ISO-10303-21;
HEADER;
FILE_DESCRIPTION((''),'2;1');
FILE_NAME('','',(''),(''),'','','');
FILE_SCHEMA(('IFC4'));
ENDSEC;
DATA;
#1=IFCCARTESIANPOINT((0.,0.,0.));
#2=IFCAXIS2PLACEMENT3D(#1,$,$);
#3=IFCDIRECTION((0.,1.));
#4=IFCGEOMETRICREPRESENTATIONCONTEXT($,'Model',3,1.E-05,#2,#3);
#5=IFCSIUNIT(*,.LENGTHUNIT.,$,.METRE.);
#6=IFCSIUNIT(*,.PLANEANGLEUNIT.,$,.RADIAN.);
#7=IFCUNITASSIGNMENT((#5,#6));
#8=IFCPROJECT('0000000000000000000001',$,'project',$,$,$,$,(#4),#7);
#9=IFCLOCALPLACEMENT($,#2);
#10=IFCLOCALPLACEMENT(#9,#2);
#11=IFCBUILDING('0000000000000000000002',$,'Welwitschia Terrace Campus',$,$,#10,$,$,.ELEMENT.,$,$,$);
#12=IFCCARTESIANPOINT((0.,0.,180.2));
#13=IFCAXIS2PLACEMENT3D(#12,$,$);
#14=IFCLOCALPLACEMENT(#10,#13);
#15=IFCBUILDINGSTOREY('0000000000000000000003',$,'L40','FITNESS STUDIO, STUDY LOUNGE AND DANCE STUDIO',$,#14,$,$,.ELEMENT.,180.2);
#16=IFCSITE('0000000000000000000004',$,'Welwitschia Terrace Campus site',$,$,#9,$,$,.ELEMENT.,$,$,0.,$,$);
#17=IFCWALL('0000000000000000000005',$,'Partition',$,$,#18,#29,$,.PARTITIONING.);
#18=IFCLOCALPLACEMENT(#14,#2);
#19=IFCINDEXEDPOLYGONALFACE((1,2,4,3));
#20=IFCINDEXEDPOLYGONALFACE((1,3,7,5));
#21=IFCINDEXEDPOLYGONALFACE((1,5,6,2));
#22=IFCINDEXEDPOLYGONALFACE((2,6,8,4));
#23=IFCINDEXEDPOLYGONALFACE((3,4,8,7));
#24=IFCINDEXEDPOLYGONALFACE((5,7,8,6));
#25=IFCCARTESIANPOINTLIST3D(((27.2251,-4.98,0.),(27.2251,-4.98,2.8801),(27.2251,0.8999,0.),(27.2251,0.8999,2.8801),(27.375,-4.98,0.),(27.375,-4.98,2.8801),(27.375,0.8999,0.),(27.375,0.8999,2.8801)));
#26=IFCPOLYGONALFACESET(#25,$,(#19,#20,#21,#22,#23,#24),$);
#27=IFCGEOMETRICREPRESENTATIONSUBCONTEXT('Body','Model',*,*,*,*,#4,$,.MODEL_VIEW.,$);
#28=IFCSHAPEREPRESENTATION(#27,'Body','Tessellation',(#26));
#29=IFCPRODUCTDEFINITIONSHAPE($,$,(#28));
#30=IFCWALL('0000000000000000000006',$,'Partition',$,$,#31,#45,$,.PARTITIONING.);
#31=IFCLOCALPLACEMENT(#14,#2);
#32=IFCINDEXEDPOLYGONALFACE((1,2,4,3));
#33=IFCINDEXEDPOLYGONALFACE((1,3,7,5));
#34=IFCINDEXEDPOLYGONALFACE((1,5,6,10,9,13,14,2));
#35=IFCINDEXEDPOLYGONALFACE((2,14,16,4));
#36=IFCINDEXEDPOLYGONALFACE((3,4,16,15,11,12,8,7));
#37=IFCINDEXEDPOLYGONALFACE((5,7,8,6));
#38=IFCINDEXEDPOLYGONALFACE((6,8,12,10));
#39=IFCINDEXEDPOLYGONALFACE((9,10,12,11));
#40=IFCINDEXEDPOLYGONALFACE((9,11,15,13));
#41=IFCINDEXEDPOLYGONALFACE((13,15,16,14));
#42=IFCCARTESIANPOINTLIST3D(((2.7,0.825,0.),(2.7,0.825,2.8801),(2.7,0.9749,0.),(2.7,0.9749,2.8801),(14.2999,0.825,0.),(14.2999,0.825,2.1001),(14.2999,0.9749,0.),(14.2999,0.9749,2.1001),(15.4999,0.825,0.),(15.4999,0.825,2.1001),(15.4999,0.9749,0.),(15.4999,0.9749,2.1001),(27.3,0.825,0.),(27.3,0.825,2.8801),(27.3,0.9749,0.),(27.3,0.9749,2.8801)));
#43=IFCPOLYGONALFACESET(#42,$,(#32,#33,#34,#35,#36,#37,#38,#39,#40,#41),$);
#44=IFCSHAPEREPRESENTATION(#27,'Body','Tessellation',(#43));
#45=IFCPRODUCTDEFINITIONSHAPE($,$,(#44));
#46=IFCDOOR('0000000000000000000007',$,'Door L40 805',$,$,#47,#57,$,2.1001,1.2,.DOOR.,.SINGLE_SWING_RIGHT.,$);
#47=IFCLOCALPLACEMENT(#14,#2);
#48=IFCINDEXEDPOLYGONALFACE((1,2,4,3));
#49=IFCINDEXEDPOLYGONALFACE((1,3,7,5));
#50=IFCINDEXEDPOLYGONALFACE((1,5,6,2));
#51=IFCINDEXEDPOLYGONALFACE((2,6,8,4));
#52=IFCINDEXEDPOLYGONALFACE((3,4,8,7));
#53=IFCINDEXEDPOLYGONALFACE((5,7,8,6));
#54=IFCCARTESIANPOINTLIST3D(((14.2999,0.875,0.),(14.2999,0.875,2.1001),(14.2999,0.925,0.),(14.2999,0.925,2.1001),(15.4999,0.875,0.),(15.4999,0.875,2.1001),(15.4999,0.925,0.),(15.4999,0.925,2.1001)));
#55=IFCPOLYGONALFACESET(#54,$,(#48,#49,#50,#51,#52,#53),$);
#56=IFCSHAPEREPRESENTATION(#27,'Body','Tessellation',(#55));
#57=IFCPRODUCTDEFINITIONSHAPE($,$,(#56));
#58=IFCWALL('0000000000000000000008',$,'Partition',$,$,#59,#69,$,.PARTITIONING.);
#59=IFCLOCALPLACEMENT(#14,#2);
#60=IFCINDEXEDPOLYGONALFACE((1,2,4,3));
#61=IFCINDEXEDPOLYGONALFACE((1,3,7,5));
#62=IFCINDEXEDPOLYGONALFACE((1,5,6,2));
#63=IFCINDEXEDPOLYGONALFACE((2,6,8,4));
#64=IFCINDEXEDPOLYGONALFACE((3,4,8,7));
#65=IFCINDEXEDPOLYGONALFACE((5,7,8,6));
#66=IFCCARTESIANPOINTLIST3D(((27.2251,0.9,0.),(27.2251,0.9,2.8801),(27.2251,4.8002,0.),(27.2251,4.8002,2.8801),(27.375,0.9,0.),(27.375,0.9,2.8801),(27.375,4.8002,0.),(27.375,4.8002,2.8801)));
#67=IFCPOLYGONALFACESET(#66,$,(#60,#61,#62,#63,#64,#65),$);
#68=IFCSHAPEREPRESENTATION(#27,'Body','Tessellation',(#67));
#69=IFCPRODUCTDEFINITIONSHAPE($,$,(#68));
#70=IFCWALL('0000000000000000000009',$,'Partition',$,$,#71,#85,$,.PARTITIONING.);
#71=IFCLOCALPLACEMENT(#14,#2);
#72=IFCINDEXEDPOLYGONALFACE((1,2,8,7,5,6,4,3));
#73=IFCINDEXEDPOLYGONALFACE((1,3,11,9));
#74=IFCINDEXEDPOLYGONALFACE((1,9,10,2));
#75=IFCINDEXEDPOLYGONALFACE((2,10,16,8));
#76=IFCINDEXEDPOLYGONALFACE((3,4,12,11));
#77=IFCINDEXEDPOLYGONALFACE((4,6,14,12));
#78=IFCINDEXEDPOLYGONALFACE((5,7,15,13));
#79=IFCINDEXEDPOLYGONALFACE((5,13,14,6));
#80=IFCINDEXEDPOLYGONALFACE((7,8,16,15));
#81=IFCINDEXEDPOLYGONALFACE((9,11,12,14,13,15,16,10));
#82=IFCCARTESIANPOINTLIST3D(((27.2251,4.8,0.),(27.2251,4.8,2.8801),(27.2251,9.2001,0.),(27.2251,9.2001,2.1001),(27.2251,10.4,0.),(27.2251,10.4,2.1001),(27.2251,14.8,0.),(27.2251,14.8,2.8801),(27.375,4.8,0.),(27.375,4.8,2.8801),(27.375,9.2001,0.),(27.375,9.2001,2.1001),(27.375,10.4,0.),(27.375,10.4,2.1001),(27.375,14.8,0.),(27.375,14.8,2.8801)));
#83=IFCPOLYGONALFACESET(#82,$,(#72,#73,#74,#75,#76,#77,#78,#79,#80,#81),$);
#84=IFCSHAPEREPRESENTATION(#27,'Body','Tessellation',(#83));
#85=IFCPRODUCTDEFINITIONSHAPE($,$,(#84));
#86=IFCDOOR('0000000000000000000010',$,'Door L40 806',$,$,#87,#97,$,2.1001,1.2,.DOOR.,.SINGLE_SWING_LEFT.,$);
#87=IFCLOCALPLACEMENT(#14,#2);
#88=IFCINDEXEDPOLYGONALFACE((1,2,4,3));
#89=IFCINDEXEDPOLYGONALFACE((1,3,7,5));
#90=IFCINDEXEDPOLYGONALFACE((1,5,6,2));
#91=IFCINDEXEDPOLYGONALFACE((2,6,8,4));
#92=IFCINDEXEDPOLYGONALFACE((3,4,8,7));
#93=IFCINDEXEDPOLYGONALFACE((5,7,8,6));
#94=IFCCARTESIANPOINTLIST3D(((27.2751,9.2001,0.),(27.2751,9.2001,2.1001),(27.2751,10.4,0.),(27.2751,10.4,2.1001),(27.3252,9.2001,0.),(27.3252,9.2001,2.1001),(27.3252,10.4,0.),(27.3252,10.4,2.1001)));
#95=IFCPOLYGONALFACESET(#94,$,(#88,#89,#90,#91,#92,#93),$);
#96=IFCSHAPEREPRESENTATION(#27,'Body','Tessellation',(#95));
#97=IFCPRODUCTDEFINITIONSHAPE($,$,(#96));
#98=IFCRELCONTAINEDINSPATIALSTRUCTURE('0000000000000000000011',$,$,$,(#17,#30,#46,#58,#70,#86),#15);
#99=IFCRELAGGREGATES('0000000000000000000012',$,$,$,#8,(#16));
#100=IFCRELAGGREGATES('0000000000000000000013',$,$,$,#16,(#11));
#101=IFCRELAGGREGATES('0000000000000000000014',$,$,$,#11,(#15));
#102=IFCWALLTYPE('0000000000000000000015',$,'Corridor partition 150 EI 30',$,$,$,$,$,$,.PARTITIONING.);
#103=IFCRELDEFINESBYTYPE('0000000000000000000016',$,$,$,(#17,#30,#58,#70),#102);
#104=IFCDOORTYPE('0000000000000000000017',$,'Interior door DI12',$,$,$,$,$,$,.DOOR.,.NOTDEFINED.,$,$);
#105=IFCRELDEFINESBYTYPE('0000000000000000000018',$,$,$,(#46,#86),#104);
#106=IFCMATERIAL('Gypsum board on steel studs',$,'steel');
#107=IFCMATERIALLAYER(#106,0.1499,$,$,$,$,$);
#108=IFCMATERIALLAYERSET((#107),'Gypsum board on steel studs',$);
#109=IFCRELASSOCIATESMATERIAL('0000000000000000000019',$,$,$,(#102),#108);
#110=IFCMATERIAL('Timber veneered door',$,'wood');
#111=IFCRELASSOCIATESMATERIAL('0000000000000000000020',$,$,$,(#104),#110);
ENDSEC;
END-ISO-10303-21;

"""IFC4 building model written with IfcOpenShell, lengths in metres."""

from ifc_helpers import new_model, si_unit, direction, frame, frame_2d, origin, place, context, subcontext, project, spatial, rectangle, extrude, material, layer, layer_set, type_object, element, fill, save


model = new_model("IFC4")

# Units and contexts
model_context = context("Model", 3, precision=1e-05, world=origin(), true_north=direction((0.0, 1.0)))
body_context = subcontext(model_context, "Body", "Model", "MODEL_VIEW")
ifc_project = project(units=[si_unit("LENGTHUNIT", "METRE"), si_unit("PLANEANGLEUNIT", "RADIAN")], contexts=[model_context])

# Site, building, storey
site_placement = place(None, origin())
site = spatial("IfcSite", under=ifc_project, at=site_placement, Name="Welwitschia Terrace Campus site", CompositionType="ELEMENT", RefElevation=0.0)
building_placement = place(site_placement, origin())
building = spatial("IfcBuilding", under=site, at=building_placement, Name="Welwitschia Terrace Campus", CompositionType="ELEMENT")
storey_placement = place(building_placement, frame((0.0, 0.0, 180.2)))
storey = spatial("IfcBuildingStorey", under=building, at=storey_placement, Name="L40", Description="FITNESS STUDIO, STUDY LOUNGE AND DANCE STUDIO", CompositionType="ELEMENT", Elevation=180.2)

# Wall
ifc_material_1 = material(Name="Gypsum board on steel studs", Category="steel")
ifc_layer_1 = layer(ifc_material_1, 0.1499)
ifc_layer_set_1 = layer_set([ifc_layer_1], Name="Gypsum board on steel studs")
wall_type_1 = type_object("IfcWallType", Name="Corridor partition 150 EI 30", PredefinedType="PARTITIONING", material=ifc_layer_set_1)
wall_1_placement = place(storey_placement, frame((27.3, -4.98, 0.0), z_axis=(0.0, 0.0, 1.0), x_axis=(0.0, 1.0, 0.0)))
element("IfcWall", 1, at=wall_1_placement, inside=storey, type_object=wall_type_1, Name="Partition", PredefinedType="PARTITIONING", context=body_context, shape_type="SweptSolid", body=[
    extrude(rectangle(XDim=5.8799, YDim=0.1499, at=frame_2d((2.9399, 0.0))), origin(), (0.0, 0.0, 1.0), 2.8801),
])

# Wall, opening, door
wall_2_placement = place(storey_placement, frame((27.3, 0.8999, 0.0), z_axis=(0.0, 0.0, 1.0), x_axis=(-1.0, 0.0, 0.0)))
wall_2 = element("IfcWall", 2, at=wall_2_placement, inside=storey, type_object=wall_type_1, Name="Partition", PredefinedType="PARTITIONING", context=body_context, shape_type="SweptSolid", body=[
    extrude(rectangle(XDim=24.6001, YDim=0.1499, at=frame_2d((12.3, 0.0))), origin(), (0.0, 0.0, 1.0), 2.8801),
])
opening_1_placement = place(wall_2_placement, frame((11.8, 0.0, 0.0)))
opening_1 = element("IfcOpeningElement", 3, at=opening_1_placement, cuts=wall_2, PredefinedType="OPENING", context=body_context, shape_type="SweptSolid", body=[
    extrude(rectangle(XDim=1.2, YDim=2.1001, at=frame_2d((0.6001, 1.05))), frame((0.0, 0.085, 0.0), z_axis=(0.0, -1.0, 0.0), x_axis=(1.0, 0.0, 0.0)), (0.0, 0.0, 1.0), 0.1699),
])
ifc_material_2 = material(Name="Timber veneered door", Category="wood")
door_type_1 = type_object("IfcDoorType", Name="Interior door DI12", OperationType="NOTDEFINED", PredefinedType="DOOR", material=ifc_material_2)
door_1_placement = place(opening_1_placement, origin())
door_1 = element("IfcDoor", 4, at=door_1_placement, inside=storey, type_object=door_type_1, Name="Door L40 805", OperationType="SINGLE_SWING_RIGHT", OverallHeight=2.1001, OverallWidth=1.2, PredefinedType="DOOR", context=body_context, shape_type="SweptSolid", body=[
    extrude(rectangle(XDim=1.2, YDim=2.1001, at=frame_2d((0.6001, 1.05))), frame((0.0, 0.0249, 0.0), z_axis=(0.0, -1.0, 0.0), x_axis=(1.0, 0.0, 0.0)), (0.0, 0.0, 1.0), 0.05),
])
fill(opening_1, door_1)

# Wall
wall_3_placement = place(storey_placement, frame((27.3, 0.8999, 0.0), z_axis=(0.0, 0.0, 1.0), x_axis=(0.0, 1.0, 0.0)))
element("IfcWall", 5, at=wall_3_placement, inside=storey, type_object=wall_type_1, Name="Partition", PredefinedType="PARTITIONING", context=body_context, shape_type="SweptSolid", body=[
    extrude(rectangle(XDim=3.9001, YDim=0.1499, at=frame_2d((1.9502, 0.0))), origin(), (0.0, 0.0, 1.0), 2.8801),
])

# Wall, opening, door
wall_4_placement = place(storey_placement, frame((27.3, 4.8, 0.0), z_axis=(0.0, 0.0, 1.0), x_axis=(0.0, 1.0, 0.0)))
wall_4 = element("IfcWall", 6, at=wall_4_placement, inside=storey, type_object=wall_type_1, Name="Partition", PredefinedType="PARTITIONING", context=body_context, shape_type="SweptSolid", body=[
    extrude(rectangle(XDim=10.0, YDim=0.1499, at=frame_2d((5.0, 0.0))), origin(), (0.0, 0.0, 1.0), 2.8801),
])
opening_2_placement = place(wall_4_placement, frame((4.3999, 0.0, 0.0)))
opening_2 = element("IfcOpeningElement", 7, at=opening_2_placement, cuts=wall_4, PredefinedType="OPENING", context=body_context, shape_type="SweptSolid", body=[
    extrude(rectangle(XDim=1.2, YDim=2.1001, at=frame_2d((0.6001, 1.05))), frame((0.0, 0.085, 0.0), z_axis=(0.0, -1.0, 0.0), x_axis=(1.0, 0.0, 0.0)), (0.0, 0.0, 1.0), 0.1699),
])
door_2_placement = place(opening_2_placement, origin())
door_2 = element("IfcDoor", 8, at=door_2_placement, inside=storey, type_object=door_type_1, Name="Door L40 806", OperationType="SINGLE_SWING_LEFT", OverallHeight=2.1001, OverallWidth=1.2, PredefinedType="DOOR", context=body_context, shape_type="SweptSolid", body=[
    extrude(rectangle(XDim=1.2, YDim=2.1001, at=frame_2d((0.6001, 1.05))), frame((0.0, 0.0249, 0.0), z_axis=(0.0, -1.0, 0.0), x_axis=(1.0, 0.0, 0.0)), (0.0, 0.0, 1.0), 0.05),
])
fill(opening_2, door_2)

save(model, "model.ifc")
